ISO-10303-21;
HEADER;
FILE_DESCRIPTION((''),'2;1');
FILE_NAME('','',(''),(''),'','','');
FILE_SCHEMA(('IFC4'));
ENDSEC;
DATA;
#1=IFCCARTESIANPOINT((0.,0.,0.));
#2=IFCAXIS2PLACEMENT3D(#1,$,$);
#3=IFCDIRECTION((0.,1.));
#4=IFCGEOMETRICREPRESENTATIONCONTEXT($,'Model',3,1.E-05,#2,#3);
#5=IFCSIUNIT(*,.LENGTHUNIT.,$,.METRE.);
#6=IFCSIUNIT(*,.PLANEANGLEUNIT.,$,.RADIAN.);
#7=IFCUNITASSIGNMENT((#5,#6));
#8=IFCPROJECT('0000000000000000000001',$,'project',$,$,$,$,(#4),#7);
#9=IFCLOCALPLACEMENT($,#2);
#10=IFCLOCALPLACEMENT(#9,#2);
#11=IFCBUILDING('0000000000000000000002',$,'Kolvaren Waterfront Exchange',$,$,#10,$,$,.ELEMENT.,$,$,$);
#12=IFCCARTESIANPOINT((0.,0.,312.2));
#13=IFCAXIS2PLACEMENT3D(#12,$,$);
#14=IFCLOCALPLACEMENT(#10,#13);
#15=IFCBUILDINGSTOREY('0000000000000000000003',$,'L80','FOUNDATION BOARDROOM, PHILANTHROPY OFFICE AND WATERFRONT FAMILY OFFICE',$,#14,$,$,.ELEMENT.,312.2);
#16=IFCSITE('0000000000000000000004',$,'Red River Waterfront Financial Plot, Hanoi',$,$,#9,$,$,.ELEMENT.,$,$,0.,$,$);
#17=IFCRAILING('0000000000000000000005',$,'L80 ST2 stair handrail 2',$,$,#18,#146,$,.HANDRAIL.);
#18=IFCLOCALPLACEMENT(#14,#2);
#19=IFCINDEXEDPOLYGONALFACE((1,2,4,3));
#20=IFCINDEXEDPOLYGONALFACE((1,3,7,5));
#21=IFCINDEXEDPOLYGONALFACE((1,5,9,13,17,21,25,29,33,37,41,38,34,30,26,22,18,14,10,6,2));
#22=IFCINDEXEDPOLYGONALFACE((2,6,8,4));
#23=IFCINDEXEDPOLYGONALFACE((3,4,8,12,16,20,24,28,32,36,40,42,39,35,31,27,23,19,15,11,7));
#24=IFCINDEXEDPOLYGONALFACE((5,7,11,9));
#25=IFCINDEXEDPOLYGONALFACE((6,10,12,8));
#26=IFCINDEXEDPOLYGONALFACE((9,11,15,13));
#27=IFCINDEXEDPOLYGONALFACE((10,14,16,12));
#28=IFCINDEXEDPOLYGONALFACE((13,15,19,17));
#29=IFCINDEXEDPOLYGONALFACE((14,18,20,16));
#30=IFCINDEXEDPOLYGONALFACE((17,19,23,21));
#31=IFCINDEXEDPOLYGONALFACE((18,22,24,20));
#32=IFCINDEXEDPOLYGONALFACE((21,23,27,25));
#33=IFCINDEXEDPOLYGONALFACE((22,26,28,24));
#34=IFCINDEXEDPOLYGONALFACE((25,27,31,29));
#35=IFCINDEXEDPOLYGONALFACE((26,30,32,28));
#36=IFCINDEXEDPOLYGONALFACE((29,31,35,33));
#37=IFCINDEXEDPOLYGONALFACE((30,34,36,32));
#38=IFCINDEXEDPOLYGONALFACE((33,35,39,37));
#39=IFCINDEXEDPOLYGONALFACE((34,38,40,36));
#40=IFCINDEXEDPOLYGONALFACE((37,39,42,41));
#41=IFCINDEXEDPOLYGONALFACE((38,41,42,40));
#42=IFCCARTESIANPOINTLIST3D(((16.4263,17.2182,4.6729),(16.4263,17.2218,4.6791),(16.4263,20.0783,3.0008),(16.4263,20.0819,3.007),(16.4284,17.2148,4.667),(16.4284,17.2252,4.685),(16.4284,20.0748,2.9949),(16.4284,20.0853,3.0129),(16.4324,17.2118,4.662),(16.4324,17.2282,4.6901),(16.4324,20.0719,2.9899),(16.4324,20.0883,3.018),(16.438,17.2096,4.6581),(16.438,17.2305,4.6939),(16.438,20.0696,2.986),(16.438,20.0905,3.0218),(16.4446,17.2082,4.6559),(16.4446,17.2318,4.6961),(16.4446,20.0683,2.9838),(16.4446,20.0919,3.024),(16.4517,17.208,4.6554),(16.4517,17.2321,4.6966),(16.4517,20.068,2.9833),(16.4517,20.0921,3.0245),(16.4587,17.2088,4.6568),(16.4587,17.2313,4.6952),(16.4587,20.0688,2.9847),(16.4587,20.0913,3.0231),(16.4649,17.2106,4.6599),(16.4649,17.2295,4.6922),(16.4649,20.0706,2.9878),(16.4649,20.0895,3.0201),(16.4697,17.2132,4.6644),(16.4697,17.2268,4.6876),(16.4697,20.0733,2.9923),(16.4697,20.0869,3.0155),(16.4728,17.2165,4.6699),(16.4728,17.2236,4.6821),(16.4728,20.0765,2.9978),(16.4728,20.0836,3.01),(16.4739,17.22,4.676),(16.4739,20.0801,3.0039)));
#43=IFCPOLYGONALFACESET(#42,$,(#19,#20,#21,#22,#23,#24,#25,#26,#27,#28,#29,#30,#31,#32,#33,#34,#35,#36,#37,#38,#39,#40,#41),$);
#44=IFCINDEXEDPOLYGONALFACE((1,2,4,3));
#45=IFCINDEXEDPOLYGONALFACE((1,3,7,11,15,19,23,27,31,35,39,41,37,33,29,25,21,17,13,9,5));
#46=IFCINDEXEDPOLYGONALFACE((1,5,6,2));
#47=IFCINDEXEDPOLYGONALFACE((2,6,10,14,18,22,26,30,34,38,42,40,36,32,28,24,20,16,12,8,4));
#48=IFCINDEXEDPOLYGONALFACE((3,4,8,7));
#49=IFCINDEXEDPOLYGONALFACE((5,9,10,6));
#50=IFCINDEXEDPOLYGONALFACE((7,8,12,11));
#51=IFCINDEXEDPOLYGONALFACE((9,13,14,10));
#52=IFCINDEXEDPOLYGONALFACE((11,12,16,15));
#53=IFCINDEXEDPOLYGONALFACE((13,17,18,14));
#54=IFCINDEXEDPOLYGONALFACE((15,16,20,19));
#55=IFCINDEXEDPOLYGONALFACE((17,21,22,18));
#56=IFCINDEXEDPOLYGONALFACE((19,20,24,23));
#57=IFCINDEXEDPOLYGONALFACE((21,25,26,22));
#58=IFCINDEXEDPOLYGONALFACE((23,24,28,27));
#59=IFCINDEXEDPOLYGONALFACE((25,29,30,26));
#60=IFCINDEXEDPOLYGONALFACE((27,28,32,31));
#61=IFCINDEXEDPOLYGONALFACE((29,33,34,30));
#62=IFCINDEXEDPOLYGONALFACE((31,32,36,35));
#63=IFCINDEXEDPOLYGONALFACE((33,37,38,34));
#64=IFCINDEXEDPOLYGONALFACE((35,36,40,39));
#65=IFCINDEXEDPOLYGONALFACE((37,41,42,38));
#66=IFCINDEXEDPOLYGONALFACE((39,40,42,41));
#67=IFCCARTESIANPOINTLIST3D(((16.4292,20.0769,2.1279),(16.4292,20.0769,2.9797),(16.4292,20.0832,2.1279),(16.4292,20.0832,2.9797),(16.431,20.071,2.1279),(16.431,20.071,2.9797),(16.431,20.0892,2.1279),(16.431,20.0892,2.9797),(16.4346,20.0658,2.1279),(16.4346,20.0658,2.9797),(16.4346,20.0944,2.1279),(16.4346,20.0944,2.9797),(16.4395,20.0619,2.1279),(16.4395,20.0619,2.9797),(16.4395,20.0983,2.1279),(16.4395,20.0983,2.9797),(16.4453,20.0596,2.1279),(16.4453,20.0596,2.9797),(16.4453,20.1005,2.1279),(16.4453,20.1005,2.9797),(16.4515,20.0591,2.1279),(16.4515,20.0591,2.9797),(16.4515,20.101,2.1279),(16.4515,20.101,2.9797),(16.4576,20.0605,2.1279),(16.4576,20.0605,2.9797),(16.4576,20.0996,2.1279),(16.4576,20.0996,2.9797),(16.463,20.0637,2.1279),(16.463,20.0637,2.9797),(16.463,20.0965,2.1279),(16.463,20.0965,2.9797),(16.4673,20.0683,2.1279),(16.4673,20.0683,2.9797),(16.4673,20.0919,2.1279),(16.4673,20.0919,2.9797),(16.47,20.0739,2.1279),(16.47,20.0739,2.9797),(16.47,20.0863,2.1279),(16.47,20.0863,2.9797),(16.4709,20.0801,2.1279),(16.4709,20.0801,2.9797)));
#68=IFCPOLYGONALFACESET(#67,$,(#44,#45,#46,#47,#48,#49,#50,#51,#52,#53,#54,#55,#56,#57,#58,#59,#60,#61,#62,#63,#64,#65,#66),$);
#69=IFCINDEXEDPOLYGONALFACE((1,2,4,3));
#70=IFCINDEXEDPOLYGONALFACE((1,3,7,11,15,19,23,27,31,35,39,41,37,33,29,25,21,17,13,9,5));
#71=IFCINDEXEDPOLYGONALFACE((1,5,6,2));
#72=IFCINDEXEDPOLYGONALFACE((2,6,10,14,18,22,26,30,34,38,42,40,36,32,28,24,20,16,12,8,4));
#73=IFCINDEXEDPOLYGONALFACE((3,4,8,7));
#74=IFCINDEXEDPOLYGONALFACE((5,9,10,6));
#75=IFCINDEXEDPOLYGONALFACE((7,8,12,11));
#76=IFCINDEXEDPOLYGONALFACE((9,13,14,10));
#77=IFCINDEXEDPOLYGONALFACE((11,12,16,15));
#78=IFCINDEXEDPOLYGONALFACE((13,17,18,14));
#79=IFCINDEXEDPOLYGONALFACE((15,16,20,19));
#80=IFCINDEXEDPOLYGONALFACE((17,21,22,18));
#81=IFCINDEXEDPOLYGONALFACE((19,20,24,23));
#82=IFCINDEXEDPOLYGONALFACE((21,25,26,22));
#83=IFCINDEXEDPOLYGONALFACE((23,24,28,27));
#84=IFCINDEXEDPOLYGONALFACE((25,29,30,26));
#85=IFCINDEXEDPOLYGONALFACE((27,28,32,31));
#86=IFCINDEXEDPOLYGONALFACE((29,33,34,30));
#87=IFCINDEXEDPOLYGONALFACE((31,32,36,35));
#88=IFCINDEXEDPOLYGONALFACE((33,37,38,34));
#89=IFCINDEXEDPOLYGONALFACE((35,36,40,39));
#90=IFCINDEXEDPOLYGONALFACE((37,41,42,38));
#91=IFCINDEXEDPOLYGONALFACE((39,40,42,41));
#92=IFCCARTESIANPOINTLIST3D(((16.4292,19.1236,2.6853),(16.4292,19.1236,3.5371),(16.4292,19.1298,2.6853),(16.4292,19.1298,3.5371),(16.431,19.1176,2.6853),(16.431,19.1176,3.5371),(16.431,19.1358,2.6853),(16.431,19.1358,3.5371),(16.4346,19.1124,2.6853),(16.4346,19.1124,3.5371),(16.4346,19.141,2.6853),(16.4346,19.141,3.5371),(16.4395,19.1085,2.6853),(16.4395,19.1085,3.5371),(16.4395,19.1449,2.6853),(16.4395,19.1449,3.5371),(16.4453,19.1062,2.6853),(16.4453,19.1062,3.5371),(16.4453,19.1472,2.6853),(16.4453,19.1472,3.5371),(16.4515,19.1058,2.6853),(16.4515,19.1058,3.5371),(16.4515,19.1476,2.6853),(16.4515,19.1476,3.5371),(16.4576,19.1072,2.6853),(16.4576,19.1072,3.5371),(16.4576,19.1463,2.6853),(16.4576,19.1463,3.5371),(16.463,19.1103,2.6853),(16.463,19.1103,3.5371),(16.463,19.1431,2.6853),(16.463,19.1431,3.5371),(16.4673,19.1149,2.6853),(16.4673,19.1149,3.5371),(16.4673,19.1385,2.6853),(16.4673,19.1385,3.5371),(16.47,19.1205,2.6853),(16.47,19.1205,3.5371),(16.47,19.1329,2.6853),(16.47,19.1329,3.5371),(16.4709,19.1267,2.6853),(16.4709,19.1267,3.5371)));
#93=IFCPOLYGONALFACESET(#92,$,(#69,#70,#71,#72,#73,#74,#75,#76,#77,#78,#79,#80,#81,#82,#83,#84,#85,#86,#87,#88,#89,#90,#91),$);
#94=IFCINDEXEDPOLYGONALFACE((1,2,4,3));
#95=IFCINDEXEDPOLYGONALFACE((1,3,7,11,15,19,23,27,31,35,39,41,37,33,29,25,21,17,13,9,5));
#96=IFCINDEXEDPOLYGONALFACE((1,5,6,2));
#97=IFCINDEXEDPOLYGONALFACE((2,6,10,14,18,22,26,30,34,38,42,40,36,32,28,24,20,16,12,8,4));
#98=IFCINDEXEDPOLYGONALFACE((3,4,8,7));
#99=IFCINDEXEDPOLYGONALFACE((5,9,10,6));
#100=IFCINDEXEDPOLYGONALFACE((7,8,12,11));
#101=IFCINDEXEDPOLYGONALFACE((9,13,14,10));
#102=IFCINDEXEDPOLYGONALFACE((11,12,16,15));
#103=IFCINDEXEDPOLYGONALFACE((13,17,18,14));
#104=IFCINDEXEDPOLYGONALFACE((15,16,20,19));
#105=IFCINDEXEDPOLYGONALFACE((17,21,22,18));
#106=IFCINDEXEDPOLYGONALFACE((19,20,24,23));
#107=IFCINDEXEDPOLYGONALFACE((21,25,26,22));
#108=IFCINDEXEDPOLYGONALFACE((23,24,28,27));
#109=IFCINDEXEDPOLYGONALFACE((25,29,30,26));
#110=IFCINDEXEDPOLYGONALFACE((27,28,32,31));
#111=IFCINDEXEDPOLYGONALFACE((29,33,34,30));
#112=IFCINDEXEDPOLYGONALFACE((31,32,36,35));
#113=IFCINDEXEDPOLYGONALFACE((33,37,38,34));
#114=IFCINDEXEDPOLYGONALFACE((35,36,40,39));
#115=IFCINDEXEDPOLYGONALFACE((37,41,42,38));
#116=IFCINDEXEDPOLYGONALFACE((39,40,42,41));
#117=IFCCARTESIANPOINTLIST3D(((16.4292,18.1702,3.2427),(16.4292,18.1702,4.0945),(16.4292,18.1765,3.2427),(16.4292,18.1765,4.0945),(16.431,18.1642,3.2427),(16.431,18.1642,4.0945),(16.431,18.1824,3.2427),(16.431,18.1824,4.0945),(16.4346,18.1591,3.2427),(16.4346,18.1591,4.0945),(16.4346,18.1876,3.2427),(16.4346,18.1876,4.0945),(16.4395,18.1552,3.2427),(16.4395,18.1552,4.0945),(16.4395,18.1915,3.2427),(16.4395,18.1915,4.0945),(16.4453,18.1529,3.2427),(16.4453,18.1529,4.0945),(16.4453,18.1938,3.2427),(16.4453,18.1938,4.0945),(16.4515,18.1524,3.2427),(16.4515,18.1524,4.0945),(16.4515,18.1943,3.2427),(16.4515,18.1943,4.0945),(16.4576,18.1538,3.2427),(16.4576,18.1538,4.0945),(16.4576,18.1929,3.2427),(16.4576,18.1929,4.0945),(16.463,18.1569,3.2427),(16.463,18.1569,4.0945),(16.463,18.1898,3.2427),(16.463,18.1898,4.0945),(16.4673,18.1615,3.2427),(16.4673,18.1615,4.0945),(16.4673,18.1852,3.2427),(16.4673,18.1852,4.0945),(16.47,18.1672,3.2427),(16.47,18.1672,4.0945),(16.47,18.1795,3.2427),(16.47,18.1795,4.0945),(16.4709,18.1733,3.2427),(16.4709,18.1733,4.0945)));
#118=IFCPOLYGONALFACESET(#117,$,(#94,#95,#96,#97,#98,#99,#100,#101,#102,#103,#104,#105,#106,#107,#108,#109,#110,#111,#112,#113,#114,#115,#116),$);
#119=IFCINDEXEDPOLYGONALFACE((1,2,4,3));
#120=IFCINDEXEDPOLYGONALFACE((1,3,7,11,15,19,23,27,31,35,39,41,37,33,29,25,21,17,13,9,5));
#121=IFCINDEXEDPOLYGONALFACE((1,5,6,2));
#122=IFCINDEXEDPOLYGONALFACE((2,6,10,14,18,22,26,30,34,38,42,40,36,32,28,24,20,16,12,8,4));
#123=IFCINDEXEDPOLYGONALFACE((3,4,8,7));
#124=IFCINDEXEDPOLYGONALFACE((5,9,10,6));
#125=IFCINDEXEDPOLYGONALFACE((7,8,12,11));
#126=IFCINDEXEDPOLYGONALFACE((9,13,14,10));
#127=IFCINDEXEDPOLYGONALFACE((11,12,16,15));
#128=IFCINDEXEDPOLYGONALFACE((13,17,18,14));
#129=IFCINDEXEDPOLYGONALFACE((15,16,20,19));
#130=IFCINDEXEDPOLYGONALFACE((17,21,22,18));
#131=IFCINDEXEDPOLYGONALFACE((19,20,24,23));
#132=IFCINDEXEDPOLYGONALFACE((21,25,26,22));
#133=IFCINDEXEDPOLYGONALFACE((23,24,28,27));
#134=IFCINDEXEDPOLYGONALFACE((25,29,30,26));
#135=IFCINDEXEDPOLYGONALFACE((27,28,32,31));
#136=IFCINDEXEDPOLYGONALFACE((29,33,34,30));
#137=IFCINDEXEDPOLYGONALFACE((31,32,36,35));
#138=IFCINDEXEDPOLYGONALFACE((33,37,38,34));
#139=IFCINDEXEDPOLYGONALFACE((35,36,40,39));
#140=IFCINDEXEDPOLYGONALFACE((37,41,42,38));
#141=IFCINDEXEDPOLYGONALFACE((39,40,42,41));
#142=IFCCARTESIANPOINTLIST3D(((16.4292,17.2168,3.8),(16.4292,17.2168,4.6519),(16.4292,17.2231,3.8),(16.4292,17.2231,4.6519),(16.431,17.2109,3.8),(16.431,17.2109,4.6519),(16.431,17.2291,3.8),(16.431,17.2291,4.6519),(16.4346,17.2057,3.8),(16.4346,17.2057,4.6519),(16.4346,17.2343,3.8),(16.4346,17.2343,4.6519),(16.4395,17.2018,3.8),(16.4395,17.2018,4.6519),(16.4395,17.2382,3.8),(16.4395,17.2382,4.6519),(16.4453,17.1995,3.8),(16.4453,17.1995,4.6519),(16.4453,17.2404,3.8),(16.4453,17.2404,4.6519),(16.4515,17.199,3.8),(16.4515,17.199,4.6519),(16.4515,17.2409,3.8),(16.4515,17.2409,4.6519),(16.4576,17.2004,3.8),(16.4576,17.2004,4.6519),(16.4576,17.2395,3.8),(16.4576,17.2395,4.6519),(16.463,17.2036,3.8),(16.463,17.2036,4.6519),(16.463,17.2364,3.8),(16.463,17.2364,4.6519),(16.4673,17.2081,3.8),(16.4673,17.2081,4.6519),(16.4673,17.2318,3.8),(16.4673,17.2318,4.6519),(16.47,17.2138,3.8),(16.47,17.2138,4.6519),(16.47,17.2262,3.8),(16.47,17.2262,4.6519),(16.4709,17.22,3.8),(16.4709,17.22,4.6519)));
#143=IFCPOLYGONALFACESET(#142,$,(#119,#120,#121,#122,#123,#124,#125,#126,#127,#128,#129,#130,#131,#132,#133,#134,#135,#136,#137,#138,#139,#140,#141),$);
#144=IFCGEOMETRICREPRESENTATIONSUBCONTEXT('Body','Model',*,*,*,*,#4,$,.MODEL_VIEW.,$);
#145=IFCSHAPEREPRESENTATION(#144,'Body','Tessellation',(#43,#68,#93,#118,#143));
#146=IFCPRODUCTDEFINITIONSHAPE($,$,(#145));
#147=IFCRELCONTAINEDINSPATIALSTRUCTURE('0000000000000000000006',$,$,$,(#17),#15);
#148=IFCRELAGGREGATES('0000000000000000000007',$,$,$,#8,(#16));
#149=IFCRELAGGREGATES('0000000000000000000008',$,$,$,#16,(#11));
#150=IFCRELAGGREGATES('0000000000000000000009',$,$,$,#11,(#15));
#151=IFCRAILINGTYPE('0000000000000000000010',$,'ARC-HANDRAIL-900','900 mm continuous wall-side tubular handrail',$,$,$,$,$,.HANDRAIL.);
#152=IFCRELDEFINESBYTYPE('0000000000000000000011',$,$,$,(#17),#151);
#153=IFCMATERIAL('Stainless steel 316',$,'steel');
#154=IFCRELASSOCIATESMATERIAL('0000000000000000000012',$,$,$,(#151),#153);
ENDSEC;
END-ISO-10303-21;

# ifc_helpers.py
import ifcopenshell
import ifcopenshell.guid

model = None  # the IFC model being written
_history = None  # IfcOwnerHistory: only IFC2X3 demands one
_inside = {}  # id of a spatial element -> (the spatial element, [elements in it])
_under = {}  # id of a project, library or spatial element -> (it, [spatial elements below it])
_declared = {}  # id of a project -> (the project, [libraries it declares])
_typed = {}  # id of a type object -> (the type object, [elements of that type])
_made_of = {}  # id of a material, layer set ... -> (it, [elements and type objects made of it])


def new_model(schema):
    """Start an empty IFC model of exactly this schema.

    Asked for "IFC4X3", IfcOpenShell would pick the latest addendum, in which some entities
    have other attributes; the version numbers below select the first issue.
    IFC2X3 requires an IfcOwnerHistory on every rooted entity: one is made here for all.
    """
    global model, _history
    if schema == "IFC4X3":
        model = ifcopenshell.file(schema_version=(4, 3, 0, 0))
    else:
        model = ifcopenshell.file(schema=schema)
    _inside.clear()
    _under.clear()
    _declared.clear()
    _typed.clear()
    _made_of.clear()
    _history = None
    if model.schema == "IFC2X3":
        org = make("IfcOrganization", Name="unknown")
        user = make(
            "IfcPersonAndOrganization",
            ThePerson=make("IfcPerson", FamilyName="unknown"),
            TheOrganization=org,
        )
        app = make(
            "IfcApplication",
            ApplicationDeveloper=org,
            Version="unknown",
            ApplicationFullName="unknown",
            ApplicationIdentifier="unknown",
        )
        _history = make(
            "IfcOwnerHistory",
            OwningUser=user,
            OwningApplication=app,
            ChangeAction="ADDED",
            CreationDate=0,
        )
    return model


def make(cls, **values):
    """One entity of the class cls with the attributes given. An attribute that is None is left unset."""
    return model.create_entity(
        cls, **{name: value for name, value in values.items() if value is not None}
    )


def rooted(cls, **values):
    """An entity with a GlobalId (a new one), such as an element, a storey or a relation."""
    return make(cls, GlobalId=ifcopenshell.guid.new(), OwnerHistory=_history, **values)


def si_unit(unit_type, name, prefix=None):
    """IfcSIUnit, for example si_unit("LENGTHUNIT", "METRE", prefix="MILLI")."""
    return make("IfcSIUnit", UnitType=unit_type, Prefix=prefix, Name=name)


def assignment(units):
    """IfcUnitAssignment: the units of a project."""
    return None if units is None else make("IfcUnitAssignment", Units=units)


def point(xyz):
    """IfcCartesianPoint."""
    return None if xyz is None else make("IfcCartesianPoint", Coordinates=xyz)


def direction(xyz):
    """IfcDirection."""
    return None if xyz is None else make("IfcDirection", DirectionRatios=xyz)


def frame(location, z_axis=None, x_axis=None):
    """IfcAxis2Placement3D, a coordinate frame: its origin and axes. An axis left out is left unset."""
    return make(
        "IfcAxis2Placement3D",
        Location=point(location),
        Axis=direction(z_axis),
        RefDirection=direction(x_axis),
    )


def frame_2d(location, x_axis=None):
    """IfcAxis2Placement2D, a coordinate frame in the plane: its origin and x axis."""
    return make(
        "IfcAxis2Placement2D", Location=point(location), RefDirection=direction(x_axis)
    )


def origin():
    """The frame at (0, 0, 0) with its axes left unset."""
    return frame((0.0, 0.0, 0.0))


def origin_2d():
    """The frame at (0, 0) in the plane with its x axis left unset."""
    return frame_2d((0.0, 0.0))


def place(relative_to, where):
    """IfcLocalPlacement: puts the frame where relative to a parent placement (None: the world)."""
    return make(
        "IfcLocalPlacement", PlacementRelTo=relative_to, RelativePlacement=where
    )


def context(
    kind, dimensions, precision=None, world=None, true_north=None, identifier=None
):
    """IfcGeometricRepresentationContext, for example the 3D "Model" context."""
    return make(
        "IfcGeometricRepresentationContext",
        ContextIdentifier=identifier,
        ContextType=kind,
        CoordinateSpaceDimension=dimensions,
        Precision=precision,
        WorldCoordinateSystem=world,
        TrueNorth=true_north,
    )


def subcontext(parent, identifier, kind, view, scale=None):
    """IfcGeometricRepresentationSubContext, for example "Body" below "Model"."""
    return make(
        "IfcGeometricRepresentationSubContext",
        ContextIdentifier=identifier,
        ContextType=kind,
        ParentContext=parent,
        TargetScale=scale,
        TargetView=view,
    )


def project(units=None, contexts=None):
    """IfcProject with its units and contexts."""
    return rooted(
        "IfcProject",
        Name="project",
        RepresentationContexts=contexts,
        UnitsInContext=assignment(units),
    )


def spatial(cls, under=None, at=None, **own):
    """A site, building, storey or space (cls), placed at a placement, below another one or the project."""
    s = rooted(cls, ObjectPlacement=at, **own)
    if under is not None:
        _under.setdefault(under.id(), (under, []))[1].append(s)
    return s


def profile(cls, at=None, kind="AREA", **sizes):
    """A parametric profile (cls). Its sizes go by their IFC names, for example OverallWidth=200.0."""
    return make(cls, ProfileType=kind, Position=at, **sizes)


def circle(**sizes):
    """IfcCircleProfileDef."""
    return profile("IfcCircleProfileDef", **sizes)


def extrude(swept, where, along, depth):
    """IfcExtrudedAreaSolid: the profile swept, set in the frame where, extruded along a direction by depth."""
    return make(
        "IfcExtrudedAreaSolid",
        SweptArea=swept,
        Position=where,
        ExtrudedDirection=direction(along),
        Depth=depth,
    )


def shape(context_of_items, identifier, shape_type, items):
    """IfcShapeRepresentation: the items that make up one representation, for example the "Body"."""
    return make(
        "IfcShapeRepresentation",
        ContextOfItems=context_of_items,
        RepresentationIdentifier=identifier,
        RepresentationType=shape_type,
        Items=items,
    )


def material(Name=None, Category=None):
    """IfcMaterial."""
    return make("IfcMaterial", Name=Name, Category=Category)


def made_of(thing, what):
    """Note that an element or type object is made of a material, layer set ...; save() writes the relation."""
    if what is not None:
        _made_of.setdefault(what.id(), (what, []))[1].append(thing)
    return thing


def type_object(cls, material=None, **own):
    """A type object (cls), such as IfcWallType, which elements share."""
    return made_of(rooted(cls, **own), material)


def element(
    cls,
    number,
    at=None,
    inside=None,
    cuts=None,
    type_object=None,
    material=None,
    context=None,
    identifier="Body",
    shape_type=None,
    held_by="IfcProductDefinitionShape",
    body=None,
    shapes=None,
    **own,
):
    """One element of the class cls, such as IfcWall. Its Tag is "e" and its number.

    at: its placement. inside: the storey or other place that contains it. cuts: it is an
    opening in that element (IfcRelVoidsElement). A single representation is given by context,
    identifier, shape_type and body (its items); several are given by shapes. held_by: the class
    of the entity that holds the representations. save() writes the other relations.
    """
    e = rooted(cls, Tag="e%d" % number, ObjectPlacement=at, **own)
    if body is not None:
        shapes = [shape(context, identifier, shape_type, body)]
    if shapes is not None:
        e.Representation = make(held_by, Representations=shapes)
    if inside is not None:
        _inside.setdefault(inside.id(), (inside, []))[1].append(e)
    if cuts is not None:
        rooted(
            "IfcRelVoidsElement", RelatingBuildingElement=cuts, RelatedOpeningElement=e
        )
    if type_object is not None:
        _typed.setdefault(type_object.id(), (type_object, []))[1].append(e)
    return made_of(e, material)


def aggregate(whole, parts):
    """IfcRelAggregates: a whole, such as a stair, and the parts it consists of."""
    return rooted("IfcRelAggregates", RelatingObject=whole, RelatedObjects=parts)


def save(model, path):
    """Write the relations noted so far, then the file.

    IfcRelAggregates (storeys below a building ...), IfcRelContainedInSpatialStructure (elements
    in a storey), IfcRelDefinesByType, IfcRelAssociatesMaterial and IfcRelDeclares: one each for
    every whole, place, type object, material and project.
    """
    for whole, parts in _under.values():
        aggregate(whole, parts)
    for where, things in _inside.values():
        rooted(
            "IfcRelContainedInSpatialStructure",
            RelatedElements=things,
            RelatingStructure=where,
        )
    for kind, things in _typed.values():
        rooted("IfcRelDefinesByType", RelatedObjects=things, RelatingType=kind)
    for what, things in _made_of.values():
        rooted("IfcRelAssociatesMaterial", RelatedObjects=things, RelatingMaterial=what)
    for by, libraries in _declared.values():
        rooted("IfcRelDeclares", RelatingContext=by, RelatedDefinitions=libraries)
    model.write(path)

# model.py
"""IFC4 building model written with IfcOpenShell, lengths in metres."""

from ifc_helpers import new_model, si_unit, direction, frame, origin, origin_2d, place, context, subcontext, project, spatial, circle, extrude, material, type_object, element, save


model = new_model("IFC4")

# Units and contexts
model_context = context("Model", 3, precision=1e-05, world=origin(), true_north=direction((0.0, 1.0)))
body_context = subcontext(model_context, "Body", "Model", "MODEL_VIEW")
ifc_project = project(units=[si_unit("LENGTHUNIT", "METRE"), si_unit("PLANEANGLEUNIT", "RADIAN")], contexts=[model_context])

# Site, building, storey
site_placement = place(None, origin())
site = spatial("IfcSite", under=ifc_project, at=site_placement, Name="Red River Waterfront Financial Plot, Hanoi", CompositionType="ELEMENT", RefElevation=0.0)
building_placement = place(site_placement, origin())
building = spatial("IfcBuilding", under=site, at=building_placement, Name="Kolvaren Waterfront Exchange", CompositionType="ELEMENT")
storey_placement = place(building_placement, frame((0.0, 0.0, 312.2)))
storey = spatial("IfcBuildingStorey", under=building, at=storey_placement, Name="L80", Description="FOUNDATION BOARDROOM, PHILANTHROPY OFFICE AND WATERFRONT FAMILY OFFICE", CompositionType="ELEMENT", Elevation=312.2)

# Railing
ifc_material_1 = material(Name="Stainless steel 316", Category="steel")
railing_type_1 = type_object("IfcRailingType", Name="ARC-HANDRAIL-900", Description="900 mm continuous wall-side tubular handrail", PredefinedType="HANDRAIL", material=ifc_material_1)
railing_1_placement = place(storey_placement, frame((16.45, 20.0801, 2.1279)))
element("IfcRailing", 1, at=railing_1_placement, inside=storey, type_object=railing_type_1, Name="L80 ST2 stair handrail 2", PredefinedType="HANDRAIL", context=body_context, shape_type="SweptSolid", body=[
    extrude(circle(Radius=0.0239, at=origin_2d()), frame((0.0, 0.0, 0.876), z_axis=(0.0, -0.863289, 0.504709), x_axis=(1.0, 0.0, 0.0)), (0.0, 0.0, 1.0), 3.313),
    extrude(circle(Radius=0.021, at=origin_2d()), origin(), (0.0, 0.0, 1.0), 0.8518),
    extrude(circle(Radius=0.021, at=origin_2d()), frame((0.0, -0.9534, 0.5574)), (0.0, 0.0, 1.0), 0.8518),
    extrude(circle(Radius=0.021, at=origin_2d()), frame((0.0, -1.9067, 1.1147)), (0.0, 0.0, 1.0), 0.8518),
    extrude(circle(Radius=0.021, at=origin_2d()), frame((0.0, -2.8601, 1.6721)), (0.0, 0.0, 1.0), 0.8518),
])

save(model, "model.ifc")
